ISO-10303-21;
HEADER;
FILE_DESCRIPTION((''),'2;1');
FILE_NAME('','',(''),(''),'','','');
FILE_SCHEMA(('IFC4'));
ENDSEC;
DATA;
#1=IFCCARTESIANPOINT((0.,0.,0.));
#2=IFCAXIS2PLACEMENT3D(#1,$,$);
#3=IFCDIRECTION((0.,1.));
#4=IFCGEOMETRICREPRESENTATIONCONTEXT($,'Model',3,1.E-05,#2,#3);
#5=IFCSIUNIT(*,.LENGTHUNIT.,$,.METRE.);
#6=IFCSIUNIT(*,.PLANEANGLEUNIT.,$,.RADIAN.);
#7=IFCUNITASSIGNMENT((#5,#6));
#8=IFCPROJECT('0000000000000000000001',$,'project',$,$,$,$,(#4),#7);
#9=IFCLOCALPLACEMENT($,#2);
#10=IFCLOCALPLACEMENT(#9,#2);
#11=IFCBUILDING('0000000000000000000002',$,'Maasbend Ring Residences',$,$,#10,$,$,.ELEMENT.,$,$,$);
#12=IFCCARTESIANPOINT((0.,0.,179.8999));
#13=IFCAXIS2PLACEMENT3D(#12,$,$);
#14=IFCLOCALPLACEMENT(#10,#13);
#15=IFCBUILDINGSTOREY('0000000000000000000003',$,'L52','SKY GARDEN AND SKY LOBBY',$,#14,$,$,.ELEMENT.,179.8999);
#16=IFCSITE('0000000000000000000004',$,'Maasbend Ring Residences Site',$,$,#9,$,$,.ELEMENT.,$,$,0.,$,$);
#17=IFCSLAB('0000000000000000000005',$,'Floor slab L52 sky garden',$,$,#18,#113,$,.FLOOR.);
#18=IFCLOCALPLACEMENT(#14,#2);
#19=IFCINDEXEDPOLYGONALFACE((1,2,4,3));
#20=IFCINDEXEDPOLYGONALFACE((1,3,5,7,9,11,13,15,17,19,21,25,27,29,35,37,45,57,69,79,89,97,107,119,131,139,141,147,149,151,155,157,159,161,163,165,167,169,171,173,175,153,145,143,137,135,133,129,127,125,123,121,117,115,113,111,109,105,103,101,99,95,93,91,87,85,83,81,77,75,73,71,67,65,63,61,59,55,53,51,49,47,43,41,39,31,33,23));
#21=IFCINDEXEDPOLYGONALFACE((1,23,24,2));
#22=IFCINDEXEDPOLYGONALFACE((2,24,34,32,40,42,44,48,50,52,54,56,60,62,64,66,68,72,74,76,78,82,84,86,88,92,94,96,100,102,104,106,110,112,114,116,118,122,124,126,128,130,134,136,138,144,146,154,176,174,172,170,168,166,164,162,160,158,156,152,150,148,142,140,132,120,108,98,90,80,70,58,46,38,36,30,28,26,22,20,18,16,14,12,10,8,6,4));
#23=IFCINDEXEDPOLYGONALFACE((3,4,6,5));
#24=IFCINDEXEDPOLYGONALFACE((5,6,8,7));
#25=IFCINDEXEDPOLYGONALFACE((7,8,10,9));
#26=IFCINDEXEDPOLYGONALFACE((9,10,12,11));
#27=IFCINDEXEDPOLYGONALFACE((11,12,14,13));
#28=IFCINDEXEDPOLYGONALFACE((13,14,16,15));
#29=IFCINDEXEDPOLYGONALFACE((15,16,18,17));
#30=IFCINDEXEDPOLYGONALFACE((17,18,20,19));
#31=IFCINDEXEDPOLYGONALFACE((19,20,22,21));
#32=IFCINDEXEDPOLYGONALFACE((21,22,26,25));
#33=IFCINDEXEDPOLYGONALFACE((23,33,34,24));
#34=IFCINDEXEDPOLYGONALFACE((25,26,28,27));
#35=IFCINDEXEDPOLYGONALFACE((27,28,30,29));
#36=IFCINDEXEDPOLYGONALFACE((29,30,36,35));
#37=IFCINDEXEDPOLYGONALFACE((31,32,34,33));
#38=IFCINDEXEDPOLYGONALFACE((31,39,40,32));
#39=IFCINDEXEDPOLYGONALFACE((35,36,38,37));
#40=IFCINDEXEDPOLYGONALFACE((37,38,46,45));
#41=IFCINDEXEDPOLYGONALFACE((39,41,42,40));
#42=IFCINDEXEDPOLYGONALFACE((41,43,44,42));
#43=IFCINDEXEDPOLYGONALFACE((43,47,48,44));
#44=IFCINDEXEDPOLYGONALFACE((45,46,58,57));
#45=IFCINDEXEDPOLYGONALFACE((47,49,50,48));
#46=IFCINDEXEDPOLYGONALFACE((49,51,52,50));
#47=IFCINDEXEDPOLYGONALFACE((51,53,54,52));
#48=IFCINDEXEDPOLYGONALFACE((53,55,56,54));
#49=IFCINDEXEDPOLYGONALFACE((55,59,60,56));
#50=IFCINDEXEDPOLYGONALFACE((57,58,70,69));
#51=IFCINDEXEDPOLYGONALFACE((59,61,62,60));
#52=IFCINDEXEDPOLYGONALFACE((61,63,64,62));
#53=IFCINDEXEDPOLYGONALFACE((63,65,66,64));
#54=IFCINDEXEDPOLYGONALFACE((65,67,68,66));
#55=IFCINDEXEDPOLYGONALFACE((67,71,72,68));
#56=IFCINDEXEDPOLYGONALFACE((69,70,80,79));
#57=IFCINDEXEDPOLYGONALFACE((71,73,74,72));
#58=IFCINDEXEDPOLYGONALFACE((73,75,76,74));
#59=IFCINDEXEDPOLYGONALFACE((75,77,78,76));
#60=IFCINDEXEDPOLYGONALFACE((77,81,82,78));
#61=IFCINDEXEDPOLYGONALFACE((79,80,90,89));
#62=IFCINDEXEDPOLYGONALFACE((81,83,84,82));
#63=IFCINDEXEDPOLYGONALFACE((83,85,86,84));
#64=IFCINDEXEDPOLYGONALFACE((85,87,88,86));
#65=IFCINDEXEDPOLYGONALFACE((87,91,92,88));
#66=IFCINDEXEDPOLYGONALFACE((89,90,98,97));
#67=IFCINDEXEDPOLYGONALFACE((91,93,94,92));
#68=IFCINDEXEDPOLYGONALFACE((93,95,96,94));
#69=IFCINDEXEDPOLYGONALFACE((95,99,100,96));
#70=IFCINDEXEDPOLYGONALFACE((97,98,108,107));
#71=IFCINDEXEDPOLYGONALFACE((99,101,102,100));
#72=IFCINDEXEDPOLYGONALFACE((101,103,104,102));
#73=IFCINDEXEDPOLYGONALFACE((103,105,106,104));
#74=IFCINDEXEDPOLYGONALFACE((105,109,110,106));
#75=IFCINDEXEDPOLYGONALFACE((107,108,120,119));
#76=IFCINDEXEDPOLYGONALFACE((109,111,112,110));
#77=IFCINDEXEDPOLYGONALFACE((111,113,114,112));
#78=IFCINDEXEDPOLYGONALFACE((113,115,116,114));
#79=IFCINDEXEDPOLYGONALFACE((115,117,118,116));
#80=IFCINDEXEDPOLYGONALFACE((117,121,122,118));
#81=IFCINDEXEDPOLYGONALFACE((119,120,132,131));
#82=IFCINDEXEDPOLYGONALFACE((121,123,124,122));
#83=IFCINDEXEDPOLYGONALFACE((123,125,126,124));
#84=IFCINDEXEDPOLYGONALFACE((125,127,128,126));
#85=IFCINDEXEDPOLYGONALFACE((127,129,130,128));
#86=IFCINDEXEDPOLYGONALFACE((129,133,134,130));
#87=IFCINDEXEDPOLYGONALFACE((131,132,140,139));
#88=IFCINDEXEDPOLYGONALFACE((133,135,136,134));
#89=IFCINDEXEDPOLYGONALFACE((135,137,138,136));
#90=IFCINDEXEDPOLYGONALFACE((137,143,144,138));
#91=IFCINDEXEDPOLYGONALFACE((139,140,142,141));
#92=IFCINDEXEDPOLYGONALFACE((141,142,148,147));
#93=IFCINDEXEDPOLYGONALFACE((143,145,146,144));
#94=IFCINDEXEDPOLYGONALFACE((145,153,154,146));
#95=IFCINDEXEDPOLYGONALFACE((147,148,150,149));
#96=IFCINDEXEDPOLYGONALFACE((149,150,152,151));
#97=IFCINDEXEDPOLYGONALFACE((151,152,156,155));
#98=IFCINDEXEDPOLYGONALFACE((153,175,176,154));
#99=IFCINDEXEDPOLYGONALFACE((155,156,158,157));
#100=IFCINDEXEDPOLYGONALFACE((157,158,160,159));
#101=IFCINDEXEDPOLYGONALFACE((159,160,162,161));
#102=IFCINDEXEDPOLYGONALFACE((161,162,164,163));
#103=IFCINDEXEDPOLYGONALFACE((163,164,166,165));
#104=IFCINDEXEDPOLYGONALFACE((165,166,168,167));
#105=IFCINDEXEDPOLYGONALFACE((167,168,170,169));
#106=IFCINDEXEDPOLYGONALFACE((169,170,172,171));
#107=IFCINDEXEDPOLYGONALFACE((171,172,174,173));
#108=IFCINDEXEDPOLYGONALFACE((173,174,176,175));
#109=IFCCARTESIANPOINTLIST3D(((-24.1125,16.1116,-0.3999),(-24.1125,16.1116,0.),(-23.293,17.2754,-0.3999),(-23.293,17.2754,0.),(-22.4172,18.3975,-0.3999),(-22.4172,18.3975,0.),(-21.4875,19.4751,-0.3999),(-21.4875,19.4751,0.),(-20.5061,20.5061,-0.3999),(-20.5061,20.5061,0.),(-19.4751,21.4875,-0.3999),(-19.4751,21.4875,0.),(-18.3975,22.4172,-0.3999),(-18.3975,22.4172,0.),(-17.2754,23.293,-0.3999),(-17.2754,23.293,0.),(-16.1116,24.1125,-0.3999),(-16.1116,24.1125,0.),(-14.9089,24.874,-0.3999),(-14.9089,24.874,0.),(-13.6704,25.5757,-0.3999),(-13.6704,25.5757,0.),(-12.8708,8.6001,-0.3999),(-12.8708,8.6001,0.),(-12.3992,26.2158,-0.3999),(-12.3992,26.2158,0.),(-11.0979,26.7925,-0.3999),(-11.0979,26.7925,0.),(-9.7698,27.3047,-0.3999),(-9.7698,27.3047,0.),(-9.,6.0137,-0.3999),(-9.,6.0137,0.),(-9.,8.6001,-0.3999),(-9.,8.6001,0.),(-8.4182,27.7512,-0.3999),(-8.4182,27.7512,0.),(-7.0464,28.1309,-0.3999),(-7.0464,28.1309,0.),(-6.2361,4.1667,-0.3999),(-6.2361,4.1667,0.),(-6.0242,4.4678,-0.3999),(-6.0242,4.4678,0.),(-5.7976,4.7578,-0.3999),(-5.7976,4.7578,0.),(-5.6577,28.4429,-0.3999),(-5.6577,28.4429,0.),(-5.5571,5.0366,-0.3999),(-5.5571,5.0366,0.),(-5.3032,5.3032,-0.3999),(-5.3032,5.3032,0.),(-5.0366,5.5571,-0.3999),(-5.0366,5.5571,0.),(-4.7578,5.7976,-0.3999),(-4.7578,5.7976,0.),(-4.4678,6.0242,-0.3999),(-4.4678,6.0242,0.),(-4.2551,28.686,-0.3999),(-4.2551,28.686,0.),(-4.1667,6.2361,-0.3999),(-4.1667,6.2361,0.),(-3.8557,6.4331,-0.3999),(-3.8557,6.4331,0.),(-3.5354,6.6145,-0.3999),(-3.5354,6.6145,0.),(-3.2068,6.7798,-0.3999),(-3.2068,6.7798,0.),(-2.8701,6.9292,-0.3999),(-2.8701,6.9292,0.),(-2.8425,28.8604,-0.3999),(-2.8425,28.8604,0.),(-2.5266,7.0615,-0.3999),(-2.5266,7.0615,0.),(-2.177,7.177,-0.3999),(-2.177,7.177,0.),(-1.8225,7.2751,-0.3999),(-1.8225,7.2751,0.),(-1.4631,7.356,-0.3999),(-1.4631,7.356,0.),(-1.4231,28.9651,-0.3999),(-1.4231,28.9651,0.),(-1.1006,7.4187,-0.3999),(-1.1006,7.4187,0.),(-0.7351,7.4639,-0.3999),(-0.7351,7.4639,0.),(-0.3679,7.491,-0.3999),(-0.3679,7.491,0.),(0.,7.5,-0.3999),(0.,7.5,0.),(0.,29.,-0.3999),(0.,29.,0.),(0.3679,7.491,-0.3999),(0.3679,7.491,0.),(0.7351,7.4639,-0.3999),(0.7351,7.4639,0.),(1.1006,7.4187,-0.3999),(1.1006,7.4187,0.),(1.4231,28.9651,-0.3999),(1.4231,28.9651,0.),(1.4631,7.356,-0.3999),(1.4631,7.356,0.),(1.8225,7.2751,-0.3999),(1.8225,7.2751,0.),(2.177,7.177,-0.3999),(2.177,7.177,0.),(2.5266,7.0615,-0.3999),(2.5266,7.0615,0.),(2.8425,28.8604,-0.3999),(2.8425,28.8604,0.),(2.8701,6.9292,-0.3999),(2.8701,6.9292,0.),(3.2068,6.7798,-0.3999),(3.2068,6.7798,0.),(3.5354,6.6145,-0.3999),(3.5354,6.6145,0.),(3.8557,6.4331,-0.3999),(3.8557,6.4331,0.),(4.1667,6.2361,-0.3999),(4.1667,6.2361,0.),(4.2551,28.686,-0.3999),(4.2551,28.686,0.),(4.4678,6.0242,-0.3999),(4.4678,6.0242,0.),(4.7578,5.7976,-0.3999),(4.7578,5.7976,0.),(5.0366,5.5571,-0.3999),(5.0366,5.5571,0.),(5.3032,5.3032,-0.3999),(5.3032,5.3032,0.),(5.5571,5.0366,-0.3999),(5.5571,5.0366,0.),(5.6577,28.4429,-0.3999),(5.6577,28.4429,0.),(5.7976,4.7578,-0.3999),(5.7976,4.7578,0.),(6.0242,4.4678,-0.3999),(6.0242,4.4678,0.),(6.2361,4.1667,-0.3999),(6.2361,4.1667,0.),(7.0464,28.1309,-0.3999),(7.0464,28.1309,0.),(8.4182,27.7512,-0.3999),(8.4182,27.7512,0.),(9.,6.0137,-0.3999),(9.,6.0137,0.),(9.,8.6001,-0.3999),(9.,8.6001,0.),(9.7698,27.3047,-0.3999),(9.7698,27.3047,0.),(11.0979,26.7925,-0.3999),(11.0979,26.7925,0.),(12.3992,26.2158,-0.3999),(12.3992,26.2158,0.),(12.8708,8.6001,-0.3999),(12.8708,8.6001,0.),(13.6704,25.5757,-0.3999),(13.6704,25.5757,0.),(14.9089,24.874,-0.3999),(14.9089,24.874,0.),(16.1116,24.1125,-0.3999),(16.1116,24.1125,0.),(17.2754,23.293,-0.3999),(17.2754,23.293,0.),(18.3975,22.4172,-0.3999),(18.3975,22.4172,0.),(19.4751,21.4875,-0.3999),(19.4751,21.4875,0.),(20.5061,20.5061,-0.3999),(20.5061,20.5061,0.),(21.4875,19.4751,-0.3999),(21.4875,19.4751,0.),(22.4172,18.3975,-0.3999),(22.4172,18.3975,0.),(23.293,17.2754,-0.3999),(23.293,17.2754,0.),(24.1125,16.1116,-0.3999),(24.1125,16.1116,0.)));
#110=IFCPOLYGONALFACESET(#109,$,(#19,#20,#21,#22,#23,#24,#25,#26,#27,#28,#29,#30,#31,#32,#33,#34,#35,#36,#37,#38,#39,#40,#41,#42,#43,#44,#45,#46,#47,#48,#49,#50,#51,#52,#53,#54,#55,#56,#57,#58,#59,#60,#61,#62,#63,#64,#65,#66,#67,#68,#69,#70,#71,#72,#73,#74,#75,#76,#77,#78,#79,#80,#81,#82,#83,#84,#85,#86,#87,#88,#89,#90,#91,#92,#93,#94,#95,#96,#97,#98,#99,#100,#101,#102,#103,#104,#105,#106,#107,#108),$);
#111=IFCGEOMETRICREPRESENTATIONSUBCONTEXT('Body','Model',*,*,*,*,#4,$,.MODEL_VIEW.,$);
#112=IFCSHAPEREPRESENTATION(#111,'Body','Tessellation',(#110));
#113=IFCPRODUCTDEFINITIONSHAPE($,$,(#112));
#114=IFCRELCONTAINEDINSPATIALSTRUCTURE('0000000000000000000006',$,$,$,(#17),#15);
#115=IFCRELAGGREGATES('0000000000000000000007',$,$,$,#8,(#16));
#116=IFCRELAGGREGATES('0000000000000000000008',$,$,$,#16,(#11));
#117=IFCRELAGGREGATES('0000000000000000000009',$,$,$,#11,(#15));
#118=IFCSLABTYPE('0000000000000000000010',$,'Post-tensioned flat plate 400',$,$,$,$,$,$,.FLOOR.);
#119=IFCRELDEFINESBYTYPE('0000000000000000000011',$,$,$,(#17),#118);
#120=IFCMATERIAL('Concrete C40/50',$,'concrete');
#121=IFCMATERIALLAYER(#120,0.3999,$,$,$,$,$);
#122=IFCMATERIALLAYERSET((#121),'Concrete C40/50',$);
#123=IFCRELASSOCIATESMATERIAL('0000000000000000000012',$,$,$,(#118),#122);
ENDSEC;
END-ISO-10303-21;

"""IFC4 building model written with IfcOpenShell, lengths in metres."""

from ifc_helpers import new_model, si_unit, direction, frame, origin, place, context, subcontext, project, spatial, polyline, outline, extrude, material, layer, layer_set, type_object, element, save


model = new_model("IFC4")

# Units and contexts
model_context = context("Model", 3, precision=1e-05, world=origin(), true_north=direction((0.0, 1.0)))
body_context = subcontext(model_context, "Body", "Model", "MODEL_VIEW")
ifc_project = project(units=[si_unit("LENGTHUNIT", "METRE"), si_unit("PLANEANGLEUNIT", "RADIAN")], contexts=[model_context])

# Site, building, storey
site_placement = place(None, origin())
site = spatial("IfcSite", under=ifc_project, at=site_placement, Name="Maasbend Ring Residences Site", CompositionType="ELEMENT", RefElevation=0.0)
building_placement = place(site_placement, origin())
building = spatial("IfcBuilding", under=site, at=building_placement, Name="Maasbend Ring Residences", CompositionType="ELEMENT")
storey_placement = place(building_placement, frame((0.0, 0.0, 179.8999)))
storey = spatial("IfcBuildingStorey", under=building, at=storey_placement, Name="L52", Description="SKY GARDEN AND SKY LOBBY", CompositionType="ELEMENT", Elevation=179.8999)

# Slab
ifc_material_1 = material(Name="Concrete C40/50", Category="concrete")
ifc_layer_1 = layer(ifc_material_1, 0.3999)
ifc_layer_set_1 = layer_set([ifc_layer_1], Name="Concrete C40/50")
slab_type_1 = type_object("IfcSlabType", Name="Post-tensioned flat plate 400", PredefinedType="FLOOR", material=ifc_layer_set_1)
slab_1_placement = place(storey_placement, frame((0.0, 0.0, -0.3999)))
element("IfcSlab", 1, at=slab_1_placement, inside=storey, type_object=slab_type_1, Name="Floor slab L52 sky garden", PredefinedType="FLOOR", context=body_context, shape_type="SweptSolid", body=[
    extrude(outline(polyline([(-24.1125, 16.1116), (-12.8708, 8.6001), (-9.0, 8.6001), (-9.0, 6.0137), (-6.2361, 4.1667), (-6.0242, 4.4678), (-5.7976, 4.7578), (-5.5571, 5.0366), (-5.3032, 5.3032), (-5.0366, 5.5571), (-4.7578, 5.7976), (-4.4678, 6.0242), (-4.1667, 6.2361), (-3.8557, 6.4331), (-3.5354, 6.6145), (-3.2068, 6.7798), (-2.8701, 6.9292), (-2.5266, 7.0615), (-2.177, 7.177), (-1.8225, 7.2751), (-1.4631, 7.356), (-1.1006, 7.4187), (-0.7351, 7.4639), (-0.3679, 7.491), (0.0, 7.5), (0.3679, 7.491), (0.7351, 7.4639), (1.1006, 7.4187), (1.4631, 7.356), (1.8225, 7.2751), (2.177, 7.177), (2.5266, 7.0615), (2.8701, 6.9292), (3.2068, 6.7798), (3.5354, 6.6145), (3.8557, 6.4331), (4.1667, 6.2361), (4.4678, 6.0242), (4.7578, 5.7976), (5.0366, 5.5571), (5.3032, 5.3032), (5.5571, 5.0366), (5.7976, 4.7578), (6.0242, 4.4678), (6.2361, 4.1667), (9.0, 6.0137), (9.0, 8.6001), (12.8708, 8.6001), (24.1125, 16.1116), (23.293, 17.2754), (22.4172, 18.3975), (21.4875, 19.4751), (20.5061, 20.5061), (19.4751, 21.4875), (18.3975, 22.4172), (17.2754, 23.293), (16.1116, 24.1125), (14.9089, 24.874), (13.6704, 25.5757), (12.3992, 26.2158), (11.0979, 26.7925), (9.7698, 27.3047), (8.4182, 27.7512), (7.0464, 28.1309), (5.6577, 28.4429), (4.2551, 28.686), (2.8425, 28.8604), (1.4231, 28.9651), (0.0, 29.0), (-1.4231, 28.9651), (-2.8425, 28.8604), (-4.2551, 28.686), (-5.6577, 28.4429), (-7.0464, 28.1309), (-8.4182, 27.7512), (-9.7698, 27.3047), (-11.0979, 26.7925), (-12.3992, 26.2158), (-13.6704, 25.5757), (-14.9089, 24.874), (-16.1116, 24.1125), (-17.2754, 23.293), (-18.3975, 22.4172), (-19.4751, 21.4875), (-20.5061, 20.5061), (-21.4875, 19.4751), (-22.4172, 18.3975), (-23.293, 17.2754), (-24.1125, 16.1116)])), origin(), (0.0, 0.0, 1.0), 0.3999),
])

save(model, "model.ifc")
